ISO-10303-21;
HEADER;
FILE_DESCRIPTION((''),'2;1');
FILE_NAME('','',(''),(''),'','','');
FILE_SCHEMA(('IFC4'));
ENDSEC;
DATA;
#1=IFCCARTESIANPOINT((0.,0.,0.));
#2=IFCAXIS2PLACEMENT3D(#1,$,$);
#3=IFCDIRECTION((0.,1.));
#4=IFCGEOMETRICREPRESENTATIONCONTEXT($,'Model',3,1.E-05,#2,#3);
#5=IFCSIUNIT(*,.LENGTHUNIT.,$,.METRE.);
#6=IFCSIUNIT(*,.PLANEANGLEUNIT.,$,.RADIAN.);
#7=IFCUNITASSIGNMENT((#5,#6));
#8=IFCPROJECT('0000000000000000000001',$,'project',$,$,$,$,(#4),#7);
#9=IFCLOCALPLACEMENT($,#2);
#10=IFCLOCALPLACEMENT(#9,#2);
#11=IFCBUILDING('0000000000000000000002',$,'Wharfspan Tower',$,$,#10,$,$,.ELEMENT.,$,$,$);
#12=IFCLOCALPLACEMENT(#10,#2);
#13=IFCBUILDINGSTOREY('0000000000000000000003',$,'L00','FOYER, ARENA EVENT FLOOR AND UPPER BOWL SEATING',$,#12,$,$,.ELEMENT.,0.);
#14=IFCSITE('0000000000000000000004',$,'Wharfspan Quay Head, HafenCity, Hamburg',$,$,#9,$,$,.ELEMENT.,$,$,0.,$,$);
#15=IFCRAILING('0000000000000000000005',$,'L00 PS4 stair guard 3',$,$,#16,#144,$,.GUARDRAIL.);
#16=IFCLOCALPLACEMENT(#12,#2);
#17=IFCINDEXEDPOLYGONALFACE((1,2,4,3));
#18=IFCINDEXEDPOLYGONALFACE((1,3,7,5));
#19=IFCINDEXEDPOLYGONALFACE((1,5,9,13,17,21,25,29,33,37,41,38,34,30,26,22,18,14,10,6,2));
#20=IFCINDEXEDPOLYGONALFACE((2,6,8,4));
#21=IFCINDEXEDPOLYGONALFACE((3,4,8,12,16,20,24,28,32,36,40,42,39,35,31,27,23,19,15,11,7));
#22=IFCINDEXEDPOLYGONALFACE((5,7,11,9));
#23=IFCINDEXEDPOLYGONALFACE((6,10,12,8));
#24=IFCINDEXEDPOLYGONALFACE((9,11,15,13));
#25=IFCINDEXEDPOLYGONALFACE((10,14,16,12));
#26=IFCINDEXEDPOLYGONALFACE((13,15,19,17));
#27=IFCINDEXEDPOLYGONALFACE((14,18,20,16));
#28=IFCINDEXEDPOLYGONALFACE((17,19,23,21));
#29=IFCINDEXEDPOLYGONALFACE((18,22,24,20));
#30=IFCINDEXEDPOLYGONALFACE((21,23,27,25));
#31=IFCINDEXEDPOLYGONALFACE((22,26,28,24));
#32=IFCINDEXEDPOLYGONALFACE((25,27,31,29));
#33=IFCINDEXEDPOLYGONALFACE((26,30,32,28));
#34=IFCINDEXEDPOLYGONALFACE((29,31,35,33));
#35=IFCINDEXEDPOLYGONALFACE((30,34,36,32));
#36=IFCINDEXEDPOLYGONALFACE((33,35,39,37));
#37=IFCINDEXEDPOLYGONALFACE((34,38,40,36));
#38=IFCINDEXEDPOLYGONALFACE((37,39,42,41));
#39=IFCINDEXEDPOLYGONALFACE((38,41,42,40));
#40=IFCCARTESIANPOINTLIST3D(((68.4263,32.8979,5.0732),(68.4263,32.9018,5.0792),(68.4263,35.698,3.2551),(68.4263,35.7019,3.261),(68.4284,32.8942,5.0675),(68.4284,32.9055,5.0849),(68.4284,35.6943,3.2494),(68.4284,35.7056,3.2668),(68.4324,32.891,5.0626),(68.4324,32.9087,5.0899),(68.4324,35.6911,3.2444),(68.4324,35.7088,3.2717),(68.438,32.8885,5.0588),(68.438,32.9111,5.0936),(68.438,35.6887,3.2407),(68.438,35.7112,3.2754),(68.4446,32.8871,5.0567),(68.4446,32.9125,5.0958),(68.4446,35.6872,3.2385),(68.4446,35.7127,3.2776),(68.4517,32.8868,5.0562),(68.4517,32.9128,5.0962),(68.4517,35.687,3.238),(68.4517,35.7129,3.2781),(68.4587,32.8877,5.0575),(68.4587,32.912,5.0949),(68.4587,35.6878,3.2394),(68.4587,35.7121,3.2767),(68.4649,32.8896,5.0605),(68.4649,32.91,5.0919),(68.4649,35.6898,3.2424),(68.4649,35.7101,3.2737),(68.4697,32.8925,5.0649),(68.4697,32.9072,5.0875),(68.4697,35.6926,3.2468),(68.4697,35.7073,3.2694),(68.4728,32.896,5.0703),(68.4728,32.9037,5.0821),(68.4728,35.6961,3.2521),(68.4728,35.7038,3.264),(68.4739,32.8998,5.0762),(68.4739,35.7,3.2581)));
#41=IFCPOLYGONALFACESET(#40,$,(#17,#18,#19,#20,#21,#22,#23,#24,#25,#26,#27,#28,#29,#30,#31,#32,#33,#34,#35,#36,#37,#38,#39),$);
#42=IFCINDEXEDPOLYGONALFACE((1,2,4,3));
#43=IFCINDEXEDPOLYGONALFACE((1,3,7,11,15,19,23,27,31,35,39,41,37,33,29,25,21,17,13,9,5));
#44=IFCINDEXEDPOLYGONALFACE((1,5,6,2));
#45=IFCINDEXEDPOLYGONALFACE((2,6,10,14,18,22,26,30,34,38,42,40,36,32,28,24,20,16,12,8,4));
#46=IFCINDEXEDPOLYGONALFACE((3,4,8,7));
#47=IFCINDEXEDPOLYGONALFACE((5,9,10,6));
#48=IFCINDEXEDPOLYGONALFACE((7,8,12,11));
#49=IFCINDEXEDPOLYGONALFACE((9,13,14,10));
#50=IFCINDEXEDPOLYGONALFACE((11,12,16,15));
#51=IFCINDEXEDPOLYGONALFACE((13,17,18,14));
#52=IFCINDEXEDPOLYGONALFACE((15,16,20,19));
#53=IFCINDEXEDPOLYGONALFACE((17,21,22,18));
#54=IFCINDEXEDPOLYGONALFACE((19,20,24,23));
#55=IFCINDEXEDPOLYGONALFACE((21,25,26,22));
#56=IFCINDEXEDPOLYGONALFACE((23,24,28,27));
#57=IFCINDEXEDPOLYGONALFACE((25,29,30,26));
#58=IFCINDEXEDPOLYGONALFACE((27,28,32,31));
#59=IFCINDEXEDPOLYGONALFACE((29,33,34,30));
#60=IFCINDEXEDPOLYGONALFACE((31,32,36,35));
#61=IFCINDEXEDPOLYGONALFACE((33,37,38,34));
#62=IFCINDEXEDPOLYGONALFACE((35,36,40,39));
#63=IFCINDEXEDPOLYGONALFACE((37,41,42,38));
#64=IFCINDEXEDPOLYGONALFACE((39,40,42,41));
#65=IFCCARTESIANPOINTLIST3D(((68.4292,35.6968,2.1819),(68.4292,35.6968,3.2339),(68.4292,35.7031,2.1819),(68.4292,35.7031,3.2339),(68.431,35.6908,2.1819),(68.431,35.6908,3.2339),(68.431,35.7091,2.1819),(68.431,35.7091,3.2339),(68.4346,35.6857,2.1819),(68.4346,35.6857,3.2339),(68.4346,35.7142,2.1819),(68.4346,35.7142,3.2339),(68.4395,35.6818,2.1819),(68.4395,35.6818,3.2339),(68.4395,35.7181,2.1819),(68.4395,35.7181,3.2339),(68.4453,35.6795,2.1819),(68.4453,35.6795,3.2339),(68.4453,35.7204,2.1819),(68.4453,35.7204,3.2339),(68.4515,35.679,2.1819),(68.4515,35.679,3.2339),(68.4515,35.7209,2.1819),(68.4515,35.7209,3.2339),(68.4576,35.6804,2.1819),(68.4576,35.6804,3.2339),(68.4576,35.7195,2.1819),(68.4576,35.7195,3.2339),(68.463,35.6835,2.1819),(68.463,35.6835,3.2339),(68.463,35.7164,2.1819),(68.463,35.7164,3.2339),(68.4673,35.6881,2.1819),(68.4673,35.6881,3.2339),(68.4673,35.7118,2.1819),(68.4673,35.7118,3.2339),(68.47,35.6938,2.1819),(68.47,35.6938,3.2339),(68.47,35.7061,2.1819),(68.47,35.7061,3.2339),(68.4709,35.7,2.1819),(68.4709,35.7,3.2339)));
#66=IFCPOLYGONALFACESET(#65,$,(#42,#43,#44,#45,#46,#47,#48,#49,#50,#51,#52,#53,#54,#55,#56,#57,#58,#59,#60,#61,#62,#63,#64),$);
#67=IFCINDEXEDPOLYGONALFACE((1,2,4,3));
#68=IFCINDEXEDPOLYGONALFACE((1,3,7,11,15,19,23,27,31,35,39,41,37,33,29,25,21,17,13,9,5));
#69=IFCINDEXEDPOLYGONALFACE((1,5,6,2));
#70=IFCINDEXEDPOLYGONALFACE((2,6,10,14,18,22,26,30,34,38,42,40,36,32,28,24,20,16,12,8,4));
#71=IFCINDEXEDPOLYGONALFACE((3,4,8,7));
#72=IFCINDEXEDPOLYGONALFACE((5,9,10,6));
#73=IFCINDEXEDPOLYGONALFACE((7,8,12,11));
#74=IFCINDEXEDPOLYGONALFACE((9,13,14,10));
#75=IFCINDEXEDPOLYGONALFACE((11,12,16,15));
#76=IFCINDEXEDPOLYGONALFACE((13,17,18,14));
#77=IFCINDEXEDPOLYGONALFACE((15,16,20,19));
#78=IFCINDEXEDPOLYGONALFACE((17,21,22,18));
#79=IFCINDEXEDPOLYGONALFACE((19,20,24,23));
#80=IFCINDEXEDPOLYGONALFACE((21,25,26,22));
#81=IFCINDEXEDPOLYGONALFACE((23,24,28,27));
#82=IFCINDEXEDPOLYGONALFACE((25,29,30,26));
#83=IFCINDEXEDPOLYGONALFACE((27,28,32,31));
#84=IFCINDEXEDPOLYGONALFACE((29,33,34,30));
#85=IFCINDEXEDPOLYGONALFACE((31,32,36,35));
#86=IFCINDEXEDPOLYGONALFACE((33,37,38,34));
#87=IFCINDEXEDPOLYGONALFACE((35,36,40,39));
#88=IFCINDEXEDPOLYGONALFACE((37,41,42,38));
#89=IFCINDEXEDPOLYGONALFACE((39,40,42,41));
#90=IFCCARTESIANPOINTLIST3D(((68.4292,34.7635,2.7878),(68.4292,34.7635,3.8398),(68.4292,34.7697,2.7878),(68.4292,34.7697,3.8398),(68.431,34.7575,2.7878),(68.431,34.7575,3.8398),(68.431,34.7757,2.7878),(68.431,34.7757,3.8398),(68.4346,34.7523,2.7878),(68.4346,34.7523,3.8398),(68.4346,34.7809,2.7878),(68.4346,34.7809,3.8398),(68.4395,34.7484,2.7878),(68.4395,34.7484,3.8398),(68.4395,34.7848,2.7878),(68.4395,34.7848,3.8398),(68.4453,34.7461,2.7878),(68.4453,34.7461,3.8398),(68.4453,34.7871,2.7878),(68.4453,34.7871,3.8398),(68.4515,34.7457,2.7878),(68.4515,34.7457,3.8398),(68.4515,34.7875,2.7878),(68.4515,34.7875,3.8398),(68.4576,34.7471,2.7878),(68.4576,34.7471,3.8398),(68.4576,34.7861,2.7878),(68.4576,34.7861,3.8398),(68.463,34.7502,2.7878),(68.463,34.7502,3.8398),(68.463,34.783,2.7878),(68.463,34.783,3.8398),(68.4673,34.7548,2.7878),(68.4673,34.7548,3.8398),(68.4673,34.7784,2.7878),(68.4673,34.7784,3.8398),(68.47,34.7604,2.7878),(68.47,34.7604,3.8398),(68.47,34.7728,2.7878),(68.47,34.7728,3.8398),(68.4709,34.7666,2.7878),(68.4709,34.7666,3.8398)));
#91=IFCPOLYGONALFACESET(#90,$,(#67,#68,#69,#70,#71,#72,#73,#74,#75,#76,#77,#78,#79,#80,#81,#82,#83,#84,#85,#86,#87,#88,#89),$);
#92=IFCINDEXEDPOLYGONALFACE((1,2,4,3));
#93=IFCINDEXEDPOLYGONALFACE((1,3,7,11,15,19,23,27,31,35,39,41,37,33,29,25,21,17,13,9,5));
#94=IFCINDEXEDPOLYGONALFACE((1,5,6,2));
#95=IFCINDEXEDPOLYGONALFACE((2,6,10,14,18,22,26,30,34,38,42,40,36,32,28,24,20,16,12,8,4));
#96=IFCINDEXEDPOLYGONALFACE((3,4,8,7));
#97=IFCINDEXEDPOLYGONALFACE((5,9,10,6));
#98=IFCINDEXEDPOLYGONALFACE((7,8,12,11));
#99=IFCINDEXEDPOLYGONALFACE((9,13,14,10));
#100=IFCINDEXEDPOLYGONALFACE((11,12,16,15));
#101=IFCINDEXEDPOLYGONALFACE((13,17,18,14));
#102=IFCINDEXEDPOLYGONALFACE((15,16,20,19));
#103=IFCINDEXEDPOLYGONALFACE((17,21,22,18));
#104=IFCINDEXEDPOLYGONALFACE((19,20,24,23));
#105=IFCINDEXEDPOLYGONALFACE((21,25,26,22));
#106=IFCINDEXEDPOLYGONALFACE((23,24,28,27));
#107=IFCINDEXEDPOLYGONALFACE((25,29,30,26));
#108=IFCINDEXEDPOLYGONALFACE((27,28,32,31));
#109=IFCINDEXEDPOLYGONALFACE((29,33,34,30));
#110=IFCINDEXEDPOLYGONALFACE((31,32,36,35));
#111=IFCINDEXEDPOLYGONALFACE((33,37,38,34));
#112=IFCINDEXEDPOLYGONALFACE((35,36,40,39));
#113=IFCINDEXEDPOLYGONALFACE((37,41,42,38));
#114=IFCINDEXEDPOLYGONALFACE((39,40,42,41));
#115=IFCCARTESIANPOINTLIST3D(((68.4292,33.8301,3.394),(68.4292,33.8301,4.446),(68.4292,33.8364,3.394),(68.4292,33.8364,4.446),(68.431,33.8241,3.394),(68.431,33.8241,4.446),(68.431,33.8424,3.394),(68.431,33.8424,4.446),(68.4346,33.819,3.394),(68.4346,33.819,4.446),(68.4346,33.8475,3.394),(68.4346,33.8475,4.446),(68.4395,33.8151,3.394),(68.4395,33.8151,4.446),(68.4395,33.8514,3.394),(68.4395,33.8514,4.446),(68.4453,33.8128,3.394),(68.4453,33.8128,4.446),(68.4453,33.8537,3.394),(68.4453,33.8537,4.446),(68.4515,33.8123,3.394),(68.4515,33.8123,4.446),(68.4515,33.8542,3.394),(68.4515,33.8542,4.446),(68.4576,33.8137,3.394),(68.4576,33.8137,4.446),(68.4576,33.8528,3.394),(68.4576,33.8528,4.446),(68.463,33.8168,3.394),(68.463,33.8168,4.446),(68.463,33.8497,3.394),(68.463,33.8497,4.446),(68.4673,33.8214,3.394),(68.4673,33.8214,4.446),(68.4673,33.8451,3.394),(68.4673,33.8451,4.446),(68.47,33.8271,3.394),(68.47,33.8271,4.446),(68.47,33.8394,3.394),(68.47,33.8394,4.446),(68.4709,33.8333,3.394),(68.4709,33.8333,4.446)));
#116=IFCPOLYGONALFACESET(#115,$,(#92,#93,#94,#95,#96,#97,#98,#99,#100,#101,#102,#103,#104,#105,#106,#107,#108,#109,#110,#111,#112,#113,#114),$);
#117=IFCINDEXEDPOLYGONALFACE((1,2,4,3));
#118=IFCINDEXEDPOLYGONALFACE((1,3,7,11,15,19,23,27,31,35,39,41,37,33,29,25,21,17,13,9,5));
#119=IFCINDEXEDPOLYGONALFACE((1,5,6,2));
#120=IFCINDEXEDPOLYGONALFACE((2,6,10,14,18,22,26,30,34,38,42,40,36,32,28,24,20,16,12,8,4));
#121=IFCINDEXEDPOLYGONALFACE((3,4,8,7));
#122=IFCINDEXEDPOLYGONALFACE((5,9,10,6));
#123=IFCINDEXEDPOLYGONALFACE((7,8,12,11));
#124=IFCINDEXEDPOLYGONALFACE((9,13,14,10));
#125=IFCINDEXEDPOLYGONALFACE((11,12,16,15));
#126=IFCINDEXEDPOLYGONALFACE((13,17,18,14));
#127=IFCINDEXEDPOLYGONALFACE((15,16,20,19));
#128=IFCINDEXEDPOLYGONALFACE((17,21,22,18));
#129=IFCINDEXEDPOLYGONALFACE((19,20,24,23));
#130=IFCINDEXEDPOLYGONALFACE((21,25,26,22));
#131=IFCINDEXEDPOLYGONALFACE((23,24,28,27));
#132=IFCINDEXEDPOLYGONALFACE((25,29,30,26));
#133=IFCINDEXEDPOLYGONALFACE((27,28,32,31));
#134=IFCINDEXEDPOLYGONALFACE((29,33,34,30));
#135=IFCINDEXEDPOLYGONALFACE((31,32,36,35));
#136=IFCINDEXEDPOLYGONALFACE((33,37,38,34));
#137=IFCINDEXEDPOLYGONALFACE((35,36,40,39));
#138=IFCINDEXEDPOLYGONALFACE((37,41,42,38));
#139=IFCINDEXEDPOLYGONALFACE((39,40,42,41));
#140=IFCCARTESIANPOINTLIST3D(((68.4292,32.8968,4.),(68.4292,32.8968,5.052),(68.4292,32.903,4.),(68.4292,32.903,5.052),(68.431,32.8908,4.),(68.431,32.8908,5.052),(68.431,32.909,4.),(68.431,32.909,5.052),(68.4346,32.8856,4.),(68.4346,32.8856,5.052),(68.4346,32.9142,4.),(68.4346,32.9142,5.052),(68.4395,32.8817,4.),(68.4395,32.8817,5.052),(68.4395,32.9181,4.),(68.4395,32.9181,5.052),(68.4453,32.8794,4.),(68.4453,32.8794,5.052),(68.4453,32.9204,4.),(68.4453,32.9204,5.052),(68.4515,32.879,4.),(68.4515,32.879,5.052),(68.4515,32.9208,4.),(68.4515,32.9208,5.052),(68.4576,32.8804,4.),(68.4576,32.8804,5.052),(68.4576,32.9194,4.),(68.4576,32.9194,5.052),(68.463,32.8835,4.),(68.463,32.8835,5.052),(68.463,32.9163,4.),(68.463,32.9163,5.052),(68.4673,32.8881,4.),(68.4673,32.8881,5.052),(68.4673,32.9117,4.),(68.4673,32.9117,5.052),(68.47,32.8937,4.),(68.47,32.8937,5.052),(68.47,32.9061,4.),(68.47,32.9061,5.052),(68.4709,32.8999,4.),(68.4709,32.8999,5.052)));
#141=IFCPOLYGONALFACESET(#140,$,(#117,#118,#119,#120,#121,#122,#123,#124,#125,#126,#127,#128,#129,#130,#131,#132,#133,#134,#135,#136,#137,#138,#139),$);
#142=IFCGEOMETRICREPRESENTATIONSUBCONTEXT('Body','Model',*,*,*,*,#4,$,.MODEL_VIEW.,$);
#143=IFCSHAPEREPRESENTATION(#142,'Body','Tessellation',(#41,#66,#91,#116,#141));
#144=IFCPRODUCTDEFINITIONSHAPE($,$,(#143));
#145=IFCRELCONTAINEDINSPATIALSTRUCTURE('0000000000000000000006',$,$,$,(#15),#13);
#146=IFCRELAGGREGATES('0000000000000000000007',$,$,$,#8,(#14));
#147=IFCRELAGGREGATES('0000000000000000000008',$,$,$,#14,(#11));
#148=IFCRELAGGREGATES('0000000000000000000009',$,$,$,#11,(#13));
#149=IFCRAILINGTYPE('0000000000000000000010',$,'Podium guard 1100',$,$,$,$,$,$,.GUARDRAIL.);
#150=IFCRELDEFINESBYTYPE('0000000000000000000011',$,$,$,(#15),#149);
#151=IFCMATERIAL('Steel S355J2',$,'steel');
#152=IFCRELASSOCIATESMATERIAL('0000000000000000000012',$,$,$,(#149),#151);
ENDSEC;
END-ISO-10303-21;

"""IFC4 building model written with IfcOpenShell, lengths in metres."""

from ifc_helpers import new_model, si_unit, direction, frame, origin, origin_2d, place, context, subcontext, project, spatial, circle, extrude, material, type_object, element, save


model = new_model("IFC4")

# Units and contexts
model_context = context("Model", 3, precision=1e-05, world=origin(), true_north=direction((0.0, 1.0)))
body_context = subcontext(model_context, "Body", "Model", "MODEL_VIEW")
ifc_project = project(units=[si_unit("LENGTHUNIT", "METRE"), si_unit("PLANEANGLEUNIT", "RADIAN")], contexts=[model_context])

# Site, building, storey
site_placement = place(None, origin())
site = spatial("IfcSite", under=ifc_project, at=site_placement, Name="Wharfspan Quay Head, HafenCity, Hamburg", CompositionType="ELEMENT", RefElevation=0.0)
building_placement = place(site_placement, origin())
building = spatial("IfcBuilding", under=site, at=building_placement, Name="Wharfspan Tower", CompositionType="ELEMENT")
storey_placement = place(building_placement, origin())
storey = spatial("IfcBuildingStorey", under=building, at=storey_placement, Name="L00", Description="FOYER, ARENA EVENT FLOOR AND UPPER BOWL SEATING", CompositionType="ELEMENT", Elevation=0.0)

# Shared definitions
ifc_material_1 = material(Name="Steel S355J2", Category="steel")

# Railing
railing_type = type_object("IfcRailingType", Name="Podium guard 1100", PredefinedType="GUARDRAIL", material=ifc_material_1)
railing_1_placement = place(storey_placement, frame((68.45, 35.7, 2.1819)))
element("IfcRailing", 1, at=railing_1_placement, inside=storey, type_object=railing_type, Name="L00 PS4 stair guard 3", PredefinedType="GUARDRAIL", context=body_context, shape_type="SweptSolid", body=[
    extrude(circle(Radius=0.0239, at=origin_2d()), frame((0.0, 0.0, 1.0762), z_axis=(0.0, -0.838706, 0.544585), x_axis=(1.0, 0.0, 0.0)), (0.0, 0.0, 1.0), 3.3386),
    extrude(circle(Radius=0.021, at=origin_2d()), origin(), (0.0, 0.0, 1.0), 1.052),
    extrude(circle(Radius=0.021, at=origin_2d()), frame((0.0, -0.9334, 0.606)), (0.0, 0.0, 1.0), 1.052),
    extrude(circle(Radius=0.021, at=origin_2d()), frame((0.0, -1.8667, 1.2122)), (0.0, 0.0, 1.0), 1.052),
    extrude(circle(Radius=0.021, at=origin_2d()), frame((0.0, -2.8, 1.8181)), (0.0, 0.0, 1.0), 1.052),
])

save(model, "model.ifc")
